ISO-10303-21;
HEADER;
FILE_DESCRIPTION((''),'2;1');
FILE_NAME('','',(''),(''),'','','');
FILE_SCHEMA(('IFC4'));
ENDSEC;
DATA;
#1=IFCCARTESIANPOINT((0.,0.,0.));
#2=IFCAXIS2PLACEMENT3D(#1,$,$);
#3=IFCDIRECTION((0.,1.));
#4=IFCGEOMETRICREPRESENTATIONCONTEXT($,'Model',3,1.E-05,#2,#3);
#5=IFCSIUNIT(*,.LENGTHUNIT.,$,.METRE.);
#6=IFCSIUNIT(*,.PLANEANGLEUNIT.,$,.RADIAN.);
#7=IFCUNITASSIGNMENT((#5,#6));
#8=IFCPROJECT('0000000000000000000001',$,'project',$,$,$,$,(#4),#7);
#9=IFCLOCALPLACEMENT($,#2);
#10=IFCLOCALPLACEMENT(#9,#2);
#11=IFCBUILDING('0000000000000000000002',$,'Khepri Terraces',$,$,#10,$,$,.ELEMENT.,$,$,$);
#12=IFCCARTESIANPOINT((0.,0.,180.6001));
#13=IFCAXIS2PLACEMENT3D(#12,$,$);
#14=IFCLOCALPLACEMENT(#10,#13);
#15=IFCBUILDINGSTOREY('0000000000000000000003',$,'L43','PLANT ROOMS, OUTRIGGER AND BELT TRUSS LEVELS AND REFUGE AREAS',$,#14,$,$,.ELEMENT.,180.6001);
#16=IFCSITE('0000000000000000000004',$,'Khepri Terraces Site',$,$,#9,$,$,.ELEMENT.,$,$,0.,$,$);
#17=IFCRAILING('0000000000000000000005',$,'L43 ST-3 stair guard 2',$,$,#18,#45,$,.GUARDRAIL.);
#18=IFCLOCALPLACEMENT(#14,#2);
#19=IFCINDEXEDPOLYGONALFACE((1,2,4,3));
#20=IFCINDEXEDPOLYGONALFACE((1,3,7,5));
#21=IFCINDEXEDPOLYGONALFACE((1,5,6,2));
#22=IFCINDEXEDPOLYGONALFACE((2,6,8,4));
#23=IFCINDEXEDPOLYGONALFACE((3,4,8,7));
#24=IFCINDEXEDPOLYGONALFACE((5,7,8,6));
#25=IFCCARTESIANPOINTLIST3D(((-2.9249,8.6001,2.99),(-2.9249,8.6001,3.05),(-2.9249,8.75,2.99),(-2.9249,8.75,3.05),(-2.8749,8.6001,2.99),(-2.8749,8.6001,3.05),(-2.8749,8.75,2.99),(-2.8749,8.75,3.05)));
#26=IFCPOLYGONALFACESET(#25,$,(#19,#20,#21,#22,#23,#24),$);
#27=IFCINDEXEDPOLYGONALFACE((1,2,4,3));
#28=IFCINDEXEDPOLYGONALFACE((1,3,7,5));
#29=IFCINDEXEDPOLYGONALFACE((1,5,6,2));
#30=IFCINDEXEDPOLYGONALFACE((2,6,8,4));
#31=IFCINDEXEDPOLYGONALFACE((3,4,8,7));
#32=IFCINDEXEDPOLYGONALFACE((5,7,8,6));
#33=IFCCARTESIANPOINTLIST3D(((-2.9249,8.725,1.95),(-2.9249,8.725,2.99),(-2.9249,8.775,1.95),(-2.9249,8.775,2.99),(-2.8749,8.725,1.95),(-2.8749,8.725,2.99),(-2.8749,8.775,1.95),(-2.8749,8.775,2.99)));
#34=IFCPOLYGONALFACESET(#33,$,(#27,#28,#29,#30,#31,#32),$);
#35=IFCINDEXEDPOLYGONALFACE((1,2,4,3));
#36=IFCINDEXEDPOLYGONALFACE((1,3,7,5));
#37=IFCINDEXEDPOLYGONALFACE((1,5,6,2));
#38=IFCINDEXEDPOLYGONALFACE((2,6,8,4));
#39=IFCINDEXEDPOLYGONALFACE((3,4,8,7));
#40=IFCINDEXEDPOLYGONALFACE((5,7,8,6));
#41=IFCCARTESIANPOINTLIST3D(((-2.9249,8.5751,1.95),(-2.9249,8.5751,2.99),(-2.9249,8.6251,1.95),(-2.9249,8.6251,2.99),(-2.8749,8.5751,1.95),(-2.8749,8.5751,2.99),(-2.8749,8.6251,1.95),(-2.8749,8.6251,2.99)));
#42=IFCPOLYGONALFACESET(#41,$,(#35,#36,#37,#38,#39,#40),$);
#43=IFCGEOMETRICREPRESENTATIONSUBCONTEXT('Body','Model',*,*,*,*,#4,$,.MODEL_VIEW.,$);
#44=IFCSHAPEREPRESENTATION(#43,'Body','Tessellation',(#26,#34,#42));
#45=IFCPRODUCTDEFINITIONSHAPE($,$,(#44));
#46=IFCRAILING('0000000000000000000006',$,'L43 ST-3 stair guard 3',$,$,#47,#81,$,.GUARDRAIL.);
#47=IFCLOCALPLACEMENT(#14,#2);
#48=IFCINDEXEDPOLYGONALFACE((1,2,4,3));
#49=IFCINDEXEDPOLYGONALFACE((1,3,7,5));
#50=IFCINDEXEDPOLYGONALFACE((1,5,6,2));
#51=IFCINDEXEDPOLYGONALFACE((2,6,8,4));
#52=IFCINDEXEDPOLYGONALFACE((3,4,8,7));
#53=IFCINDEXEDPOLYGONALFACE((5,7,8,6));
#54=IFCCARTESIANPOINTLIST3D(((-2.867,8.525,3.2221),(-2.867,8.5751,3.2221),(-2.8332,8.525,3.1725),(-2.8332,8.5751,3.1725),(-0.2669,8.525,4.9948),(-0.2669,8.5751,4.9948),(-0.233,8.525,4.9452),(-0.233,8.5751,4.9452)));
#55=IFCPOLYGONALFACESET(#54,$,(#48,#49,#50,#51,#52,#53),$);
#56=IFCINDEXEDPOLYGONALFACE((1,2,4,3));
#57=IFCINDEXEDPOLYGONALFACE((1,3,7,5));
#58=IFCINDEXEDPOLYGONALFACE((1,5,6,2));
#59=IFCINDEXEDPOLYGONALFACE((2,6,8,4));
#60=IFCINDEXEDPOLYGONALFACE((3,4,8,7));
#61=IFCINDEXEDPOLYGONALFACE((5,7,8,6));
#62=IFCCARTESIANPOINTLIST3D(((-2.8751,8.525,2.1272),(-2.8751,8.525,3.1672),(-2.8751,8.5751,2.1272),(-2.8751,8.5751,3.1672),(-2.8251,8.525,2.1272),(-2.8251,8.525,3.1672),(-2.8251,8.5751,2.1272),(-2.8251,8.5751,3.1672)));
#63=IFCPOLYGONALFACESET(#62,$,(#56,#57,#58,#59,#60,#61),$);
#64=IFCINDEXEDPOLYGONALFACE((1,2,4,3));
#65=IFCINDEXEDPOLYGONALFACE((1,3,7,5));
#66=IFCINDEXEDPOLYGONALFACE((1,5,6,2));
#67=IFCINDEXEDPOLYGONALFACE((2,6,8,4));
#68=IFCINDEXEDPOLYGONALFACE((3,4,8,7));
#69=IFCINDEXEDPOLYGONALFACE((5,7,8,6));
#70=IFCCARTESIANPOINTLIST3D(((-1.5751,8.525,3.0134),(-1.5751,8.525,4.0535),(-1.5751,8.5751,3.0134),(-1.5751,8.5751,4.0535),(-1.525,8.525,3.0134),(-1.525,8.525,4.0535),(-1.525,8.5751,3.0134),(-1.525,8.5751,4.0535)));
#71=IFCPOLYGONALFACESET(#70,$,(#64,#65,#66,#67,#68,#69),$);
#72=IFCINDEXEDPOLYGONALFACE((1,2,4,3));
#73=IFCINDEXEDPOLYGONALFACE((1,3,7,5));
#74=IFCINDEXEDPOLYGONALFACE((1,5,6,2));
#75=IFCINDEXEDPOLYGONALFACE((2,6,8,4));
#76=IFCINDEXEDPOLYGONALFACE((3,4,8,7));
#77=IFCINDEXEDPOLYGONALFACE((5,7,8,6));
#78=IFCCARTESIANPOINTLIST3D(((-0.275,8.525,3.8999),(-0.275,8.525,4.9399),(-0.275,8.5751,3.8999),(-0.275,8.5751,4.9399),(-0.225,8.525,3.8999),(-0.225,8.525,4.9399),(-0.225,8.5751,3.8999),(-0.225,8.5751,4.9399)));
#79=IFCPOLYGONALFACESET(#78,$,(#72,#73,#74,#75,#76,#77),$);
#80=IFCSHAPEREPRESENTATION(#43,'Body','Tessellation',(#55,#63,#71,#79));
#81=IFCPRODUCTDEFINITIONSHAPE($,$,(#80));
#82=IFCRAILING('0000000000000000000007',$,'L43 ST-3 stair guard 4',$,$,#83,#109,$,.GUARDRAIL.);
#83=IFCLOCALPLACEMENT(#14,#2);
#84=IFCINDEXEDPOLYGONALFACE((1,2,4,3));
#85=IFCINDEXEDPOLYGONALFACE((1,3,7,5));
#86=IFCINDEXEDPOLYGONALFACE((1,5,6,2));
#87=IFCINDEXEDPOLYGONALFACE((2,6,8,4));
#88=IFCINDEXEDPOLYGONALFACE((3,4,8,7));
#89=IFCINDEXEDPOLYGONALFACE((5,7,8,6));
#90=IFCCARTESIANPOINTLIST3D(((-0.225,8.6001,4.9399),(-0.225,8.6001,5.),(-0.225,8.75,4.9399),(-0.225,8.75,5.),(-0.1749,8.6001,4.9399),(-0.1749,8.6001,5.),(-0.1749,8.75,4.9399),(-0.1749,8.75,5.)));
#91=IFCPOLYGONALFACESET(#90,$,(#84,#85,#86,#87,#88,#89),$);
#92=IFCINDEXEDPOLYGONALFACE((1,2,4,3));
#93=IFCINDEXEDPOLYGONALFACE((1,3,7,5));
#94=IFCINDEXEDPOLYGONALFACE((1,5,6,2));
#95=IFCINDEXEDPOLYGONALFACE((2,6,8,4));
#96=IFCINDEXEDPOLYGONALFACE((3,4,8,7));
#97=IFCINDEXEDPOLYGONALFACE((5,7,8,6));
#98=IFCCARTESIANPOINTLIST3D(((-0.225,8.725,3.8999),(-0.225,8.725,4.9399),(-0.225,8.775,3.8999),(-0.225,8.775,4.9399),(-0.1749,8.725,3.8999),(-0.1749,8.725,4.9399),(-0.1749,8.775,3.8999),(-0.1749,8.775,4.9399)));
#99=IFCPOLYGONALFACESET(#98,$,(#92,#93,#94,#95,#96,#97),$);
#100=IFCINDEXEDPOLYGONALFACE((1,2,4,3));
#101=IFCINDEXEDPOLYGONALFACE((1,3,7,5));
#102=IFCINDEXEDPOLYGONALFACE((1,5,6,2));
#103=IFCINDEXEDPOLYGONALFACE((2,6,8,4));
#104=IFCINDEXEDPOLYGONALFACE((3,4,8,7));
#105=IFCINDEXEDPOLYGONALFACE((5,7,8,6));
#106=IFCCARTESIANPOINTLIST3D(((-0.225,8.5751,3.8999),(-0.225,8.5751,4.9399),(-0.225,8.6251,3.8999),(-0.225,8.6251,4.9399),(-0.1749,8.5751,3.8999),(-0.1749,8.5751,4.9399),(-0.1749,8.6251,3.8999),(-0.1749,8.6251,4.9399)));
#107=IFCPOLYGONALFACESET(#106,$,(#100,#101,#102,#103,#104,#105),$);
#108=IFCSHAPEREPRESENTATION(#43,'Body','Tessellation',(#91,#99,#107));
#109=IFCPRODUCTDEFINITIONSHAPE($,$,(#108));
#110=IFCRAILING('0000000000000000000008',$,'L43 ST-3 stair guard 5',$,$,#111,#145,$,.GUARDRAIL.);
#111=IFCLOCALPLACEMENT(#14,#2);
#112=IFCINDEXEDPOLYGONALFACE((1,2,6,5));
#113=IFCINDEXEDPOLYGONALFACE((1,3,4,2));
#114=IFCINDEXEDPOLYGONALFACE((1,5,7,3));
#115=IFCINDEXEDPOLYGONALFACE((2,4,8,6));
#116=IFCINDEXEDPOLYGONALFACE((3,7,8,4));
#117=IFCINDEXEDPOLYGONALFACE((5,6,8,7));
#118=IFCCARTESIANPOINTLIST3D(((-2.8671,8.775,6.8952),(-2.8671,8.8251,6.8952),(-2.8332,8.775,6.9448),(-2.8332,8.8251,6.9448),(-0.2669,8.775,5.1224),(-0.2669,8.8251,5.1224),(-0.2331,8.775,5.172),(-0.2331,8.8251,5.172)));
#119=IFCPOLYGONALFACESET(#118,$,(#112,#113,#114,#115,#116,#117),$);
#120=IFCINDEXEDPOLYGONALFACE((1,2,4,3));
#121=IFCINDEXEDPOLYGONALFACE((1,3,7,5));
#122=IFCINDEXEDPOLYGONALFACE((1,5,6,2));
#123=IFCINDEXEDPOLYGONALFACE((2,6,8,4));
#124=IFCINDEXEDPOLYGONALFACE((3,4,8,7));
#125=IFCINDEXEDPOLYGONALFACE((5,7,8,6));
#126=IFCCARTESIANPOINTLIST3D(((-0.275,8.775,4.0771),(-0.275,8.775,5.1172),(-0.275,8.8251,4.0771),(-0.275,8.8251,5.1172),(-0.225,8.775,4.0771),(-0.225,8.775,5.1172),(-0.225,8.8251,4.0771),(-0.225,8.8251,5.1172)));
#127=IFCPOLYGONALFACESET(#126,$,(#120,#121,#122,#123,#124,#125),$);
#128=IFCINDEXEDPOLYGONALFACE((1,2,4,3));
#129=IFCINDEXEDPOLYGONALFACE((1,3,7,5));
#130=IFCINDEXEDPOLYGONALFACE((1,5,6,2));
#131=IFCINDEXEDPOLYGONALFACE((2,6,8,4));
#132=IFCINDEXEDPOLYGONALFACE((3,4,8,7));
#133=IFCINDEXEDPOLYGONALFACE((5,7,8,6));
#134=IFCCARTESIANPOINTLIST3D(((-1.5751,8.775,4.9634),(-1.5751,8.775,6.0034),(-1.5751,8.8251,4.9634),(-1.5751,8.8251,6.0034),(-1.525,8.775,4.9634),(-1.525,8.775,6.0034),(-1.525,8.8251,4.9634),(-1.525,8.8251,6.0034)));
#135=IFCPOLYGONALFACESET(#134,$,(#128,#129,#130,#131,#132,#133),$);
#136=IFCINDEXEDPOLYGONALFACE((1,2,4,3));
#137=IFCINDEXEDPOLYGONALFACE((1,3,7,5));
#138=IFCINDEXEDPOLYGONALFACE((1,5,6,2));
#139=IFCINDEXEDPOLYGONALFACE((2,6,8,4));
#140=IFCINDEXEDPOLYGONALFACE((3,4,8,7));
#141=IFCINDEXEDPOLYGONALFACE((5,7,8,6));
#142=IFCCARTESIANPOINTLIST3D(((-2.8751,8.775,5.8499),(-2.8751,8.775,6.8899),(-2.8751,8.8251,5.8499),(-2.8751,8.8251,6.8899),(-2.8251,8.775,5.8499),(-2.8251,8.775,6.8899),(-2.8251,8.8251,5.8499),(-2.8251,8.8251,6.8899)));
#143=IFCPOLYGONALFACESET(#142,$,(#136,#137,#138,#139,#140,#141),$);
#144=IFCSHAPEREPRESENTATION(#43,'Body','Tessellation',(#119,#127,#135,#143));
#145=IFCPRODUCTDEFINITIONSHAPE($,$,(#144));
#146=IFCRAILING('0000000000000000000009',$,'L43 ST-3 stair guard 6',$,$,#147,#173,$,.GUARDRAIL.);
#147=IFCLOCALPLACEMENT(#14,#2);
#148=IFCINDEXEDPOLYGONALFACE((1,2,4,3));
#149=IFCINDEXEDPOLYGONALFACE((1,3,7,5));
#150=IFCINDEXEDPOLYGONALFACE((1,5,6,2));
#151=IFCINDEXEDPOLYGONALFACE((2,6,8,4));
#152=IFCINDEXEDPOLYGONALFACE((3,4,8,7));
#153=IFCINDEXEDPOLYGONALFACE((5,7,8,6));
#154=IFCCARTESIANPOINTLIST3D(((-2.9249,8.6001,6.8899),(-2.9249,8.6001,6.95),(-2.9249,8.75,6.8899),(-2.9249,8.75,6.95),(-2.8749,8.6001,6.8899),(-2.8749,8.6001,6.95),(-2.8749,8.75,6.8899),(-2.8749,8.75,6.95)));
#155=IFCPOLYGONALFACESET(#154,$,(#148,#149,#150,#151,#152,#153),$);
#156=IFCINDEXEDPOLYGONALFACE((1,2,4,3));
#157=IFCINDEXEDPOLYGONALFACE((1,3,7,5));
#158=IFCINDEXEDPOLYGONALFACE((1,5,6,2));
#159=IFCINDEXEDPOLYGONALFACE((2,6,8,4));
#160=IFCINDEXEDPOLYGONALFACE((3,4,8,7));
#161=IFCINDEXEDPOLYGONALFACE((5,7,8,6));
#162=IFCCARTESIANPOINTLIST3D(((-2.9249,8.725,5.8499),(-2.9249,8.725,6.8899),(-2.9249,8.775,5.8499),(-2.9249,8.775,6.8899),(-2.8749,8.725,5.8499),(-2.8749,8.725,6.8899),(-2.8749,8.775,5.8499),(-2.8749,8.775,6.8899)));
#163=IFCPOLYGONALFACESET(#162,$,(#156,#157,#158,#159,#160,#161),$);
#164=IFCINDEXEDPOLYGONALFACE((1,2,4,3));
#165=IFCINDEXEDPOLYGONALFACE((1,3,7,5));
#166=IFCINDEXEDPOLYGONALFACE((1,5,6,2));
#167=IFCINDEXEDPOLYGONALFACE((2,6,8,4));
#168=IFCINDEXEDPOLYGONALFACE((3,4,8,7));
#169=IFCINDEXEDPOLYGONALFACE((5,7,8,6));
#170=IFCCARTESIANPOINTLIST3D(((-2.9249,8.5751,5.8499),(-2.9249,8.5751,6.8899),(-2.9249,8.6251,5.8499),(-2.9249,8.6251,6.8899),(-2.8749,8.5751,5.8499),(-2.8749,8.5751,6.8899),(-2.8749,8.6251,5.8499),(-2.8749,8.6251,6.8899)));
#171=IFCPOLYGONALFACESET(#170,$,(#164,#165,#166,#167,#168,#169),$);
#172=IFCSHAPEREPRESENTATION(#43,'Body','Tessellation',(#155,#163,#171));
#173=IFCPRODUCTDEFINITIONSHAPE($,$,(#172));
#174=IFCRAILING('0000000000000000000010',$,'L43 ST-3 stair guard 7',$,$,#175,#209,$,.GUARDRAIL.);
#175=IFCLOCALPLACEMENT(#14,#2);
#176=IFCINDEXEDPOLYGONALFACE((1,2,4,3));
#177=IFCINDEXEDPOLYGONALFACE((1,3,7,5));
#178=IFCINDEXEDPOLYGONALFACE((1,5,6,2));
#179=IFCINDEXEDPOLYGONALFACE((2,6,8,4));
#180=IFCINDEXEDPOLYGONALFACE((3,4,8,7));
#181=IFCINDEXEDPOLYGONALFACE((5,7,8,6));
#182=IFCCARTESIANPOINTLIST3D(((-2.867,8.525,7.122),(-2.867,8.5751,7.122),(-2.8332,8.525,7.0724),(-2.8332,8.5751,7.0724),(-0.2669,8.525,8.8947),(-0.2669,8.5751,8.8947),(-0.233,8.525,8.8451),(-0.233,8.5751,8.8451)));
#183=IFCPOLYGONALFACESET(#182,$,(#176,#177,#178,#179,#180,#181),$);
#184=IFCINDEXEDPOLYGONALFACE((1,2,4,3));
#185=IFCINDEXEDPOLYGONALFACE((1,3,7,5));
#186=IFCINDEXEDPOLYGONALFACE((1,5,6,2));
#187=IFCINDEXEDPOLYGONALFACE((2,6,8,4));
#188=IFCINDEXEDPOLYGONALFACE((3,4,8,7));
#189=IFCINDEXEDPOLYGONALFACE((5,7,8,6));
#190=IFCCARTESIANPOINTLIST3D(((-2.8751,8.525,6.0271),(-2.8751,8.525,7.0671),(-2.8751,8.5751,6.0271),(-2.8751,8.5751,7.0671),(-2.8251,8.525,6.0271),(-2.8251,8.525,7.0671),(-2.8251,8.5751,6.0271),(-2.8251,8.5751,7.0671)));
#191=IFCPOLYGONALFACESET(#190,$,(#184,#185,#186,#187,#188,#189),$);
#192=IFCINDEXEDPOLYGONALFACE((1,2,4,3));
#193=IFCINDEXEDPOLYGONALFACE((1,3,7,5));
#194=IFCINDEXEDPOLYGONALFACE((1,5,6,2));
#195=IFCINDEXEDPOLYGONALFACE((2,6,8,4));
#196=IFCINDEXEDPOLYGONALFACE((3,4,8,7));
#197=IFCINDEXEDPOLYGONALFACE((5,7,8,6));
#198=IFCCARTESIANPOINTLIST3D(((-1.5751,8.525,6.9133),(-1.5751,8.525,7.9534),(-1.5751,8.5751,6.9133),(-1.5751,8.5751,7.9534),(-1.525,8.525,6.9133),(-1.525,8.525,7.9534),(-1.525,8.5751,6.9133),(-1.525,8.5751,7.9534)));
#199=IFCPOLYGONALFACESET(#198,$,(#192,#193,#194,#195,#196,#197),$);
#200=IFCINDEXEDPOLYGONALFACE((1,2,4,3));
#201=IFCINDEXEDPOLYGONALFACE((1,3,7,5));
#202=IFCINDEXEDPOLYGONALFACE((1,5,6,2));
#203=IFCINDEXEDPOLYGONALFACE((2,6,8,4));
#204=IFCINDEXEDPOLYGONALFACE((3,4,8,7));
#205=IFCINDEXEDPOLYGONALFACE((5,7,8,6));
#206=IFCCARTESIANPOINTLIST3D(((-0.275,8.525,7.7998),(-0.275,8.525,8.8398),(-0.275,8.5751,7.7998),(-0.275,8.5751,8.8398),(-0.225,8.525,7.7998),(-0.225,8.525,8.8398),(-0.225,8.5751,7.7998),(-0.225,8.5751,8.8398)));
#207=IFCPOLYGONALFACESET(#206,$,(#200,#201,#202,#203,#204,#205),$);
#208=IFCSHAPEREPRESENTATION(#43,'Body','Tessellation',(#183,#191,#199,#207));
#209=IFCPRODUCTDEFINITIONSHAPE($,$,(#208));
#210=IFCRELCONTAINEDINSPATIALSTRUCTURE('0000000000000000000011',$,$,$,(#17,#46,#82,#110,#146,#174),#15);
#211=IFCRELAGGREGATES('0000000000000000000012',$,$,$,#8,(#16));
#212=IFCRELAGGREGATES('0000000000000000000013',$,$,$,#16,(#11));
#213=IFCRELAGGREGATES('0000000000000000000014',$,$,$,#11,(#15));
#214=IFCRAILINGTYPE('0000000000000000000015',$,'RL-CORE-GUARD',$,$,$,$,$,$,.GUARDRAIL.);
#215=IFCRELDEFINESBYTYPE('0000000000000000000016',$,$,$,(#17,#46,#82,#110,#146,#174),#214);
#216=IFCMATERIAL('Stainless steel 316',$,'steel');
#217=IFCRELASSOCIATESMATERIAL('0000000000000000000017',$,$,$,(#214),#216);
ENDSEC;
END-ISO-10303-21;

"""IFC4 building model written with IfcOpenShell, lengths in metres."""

from ifc_helpers import new_model, si_unit, direction, frame, origin, origin_2d, place, context, subcontext, project, spatial, rectangle, extrude, material, type_object, element, save


model = new_model("IFC4")

# Units and contexts
model_context = context("Model", 3, precision=1e-05, world=origin(), true_north=direction((0.0, 1.0)))
body_context = subcontext(model_context, "Body", "Model", "MODEL_VIEW")
ifc_project = project(units=[si_unit("LENGTHUNIT", "METRE"), si_unit("PLANEANGLEUNIT", "RADIAN")], contexts=[model_context])

# Site, building, storey
site_placement = place(None, origin())
site = spatial("IfcSite", under=ifc_project, at=site_placement, Name="Khepri Terraces Site", CompositionType="ELEMENT", RefElevation=0.0)
building_placement = place(site_placement, origin())
building = spatial("IfcBuilding", under=site, at=building_placement, Name="Khepri Terraces", CompositionType="ELEMENT")
storey_placement = place(building_placement, frame((0.0, 0.0, 180.6001)))
storey = spatial("IfcBuildingStorey", under=building, at=storey_placement, Name="L43", Description="PLANT ROOMS, OUTRIGGER AND BELT TRUSS LEVELS AND REFUGE AREAS", CompositionType="ELEMENT", Elevation=180.6001)

# Railings
ifc_material_1 = material(Name="Stainless steel 316", Category="steel")
railing_type_1 = type_object("IfcRailingType", Name="RL-CORE-GUARD", PredefinedType="GUARDRAIL", material=ifc_material_1)
railing_1_placement = place(storey_placement, frame((-2.8999, 8.75, 1.95)))
element("IfcRailing", 1, at=railing_1_placement, inside=storey, type_object=railing_type_1, Name="L43 ST-3 stair guard 2", PredefinedType="GUARDRAIL", context=body_context, shape_type="SweptSolid", body=[
    extrude(rectangle(XDim=0.05, YDim=0.0601, at=origin_2d()), frame((0.0, 0.0, 1.0701), z_axis=(0.0, -1.0, 0.0), x_axis=(1.0, 0.0, 0.0)), (0.0, 0.0, 1.0), 0.1499),
    extrude(rectangle(XDim=0.05, YDim=0.05, at=origin_2d()), origin(), (0.0, 0.0, 1.0), 1.04),
    extrude(rectangle(XDim=0.05, YDim=0.05, at=origin_2d()), frame((0.0, -0.1499, 0.0)), (0.0, 0.0, 1.0), 1.04),
])
railing_2_placement = place(storey_placement, frame((-2.8501, 8.55, 2.1272)))
element("IfcRailing", 2, at=railing_2_placement, inside=storey, type_object=railing_type_1, Name="L43 ST-3 stair guard 3", PredefinedType="GUARDRAIL", context=body_context, shape_type="SweptSolid", body=[
    extrude(rectangle(XDim=0.05, YDim=0.0601, at=origin_2d()), frame((0.0, 0.0, 1.0701), z_axis=(0.82624, 0.0, 0.563318), x_axis=(0.0, 1.0, 0.0)), (0.0, 0.0, 1.0), 3.147),
    extrude(rectangle(XDim=0.05, YDim=0.05, at=origin_2d()), origin(), (0.0, 0.0, 1.0), 1.04),
    extrude(rectangle(XDim=0.05, YDim=0.05, at=origin_2d()), frame((1.3, 0.0, 0.8862)), (0.0, 0.0, 1.0), 1.04),
    extrude(rectangle(XDim=0.05, YDim=0.05, at=origin_2d()), frame((2.6001, 0.0, 1.7727)), (0.0, 0.0, 1.0), 1.04),
])
railing_3_placement = place(storey_placement, frame((-0.2, 8.75, 3.8999)))
element("IfcRailing", 3, at=railing_3_placement, inside=storey, type_object=railing_type_1, Name="L43 ST-3 stair guard 4", PredefinedType="GUARDRAIL", context=body_context, shape_type="SweptSolid", body=[
    extrude(rectangle(XDim=0.05, YDim=0.0601, at=origin_2d()), frame((0.0, 0.0, 1.0701), z_axis=(0.0, -1.0, 0.0), x_axis=(1.0, 0.0, 0.0)), (0.0, 0.0, 1.0), 0.1499),
    extrude(rectangle(XDim=0.05, YDim=0.05, at=origin_2d()), origin(), (0.0, 0.0, 1.0), 1.04),
    extrude(rectangle(XDim=0.05, YDim=0.05, at=origin_2d()), frame((0.0, -0.1499, 0.0)), (0.0, 0.0, 1.0), 1.04),
])
railing_4_placement = place(storey_placement, frame((-0.25, 8.8, 4.0771)))
element("IfcRailing", 4, at=railing_4_placement, inside=storey, type_object=railing_type_1, Name="L43 ST-3 stair guard 5", PredefinedType="GUARDRAIL", context=body_context, shape_type="SweptSolid", body=[
    extrude(rectangle(XDim=0.05, YDim=0.0601, at=origin_2d()), frame((0.0, 0.0, 1.0701), z_axis=(-0.82624, 0.0, 0.563318), x_axis=(0.0, -1.0, 0.0)), (0.0, 0.0, 1.0), 3.147),
    extrude(rectangle(XDim=0.05, YDim=0.05, at=origin_2d()), origin(), (0.0, 0.0, 1.0), 1.04),
    extrude(rectangle(XDim=0.05, YDim=0.05, at=origin_2d()), frame((-1.3, 0.0, 0.8862)), (0.0, 0.0, 1.0), 1.04),
    extrude(rectangle(XDim=0.05, YDim=0.05, at=origin_2d()), frame((-2.6001, 0.0, 1.7727)), (0.0, 0.0, 1.0), 1.04),
])
railing_5_placement = place(storey_placement, frame((-2.8999, 8.75, 5.8499)))
element("IfcRailing", 5, at=railing_5_placement, inside=storey, type_object=railing_type_1, Name="L43 ST-3 stair guard 6", PredefinedType="GUARDRAIL", context=body_context, shape_type="SweptSolid", body=[
    extrude(rectangle(XDim=0.05, YDim=0.0601, at=origin_2d()), frame((0.0, 0.0, 1.0701), z_axis=(0.0, -1.0, 0.0), x_axis=(1.0, 0.0, 0.0)), (0.0, 0.0, 1.0), 0.1499),
    extrude(rectangle(XDim=0.05, YDim=0.05, at=origin_2d()), origin(), (0.0, 0.0, 1.0), 1.04),
    extrude(rectangle(XDim=0.05, YDim=0.05, at=origin_2d()), frame((0.0, -0.1499, 0.0)), (0.0, 0.0, 1.0), 1.04),
])
railing_6_placement = place(storey_placement, frame((-2.8501, 8.55, 6.0271)))
element("IfcRailing", 6, at=railing_6_placement, inside=storey, type_object=railing_type_1, Name="L43 ST-3 stair guard 7", PredefinedType="GUARDRAIL", context=body_context, shape_type="SweptSolid", body=[
    extrude(rectangle(XDim=0.05, YDim=0.0601, at=origin_2d()), frame((0.0, 0.0, 1.0701), z_axis=(0.82624, 0.0, 0.563318), x_axis=(0.0, 1.0, 0.0)), (0.0, 0.0, 1.0), 3.147),
    extrude(rectangle(XDim=0.05, YDim=0.05, at=origin_2d()), origin(), (0.0, 0.0, 1.0), 1.04),
    extrude(rectangle(XDim=0.05, YDim=0.05, at=origin_2d()), frame((1.3, 0.0, 0.8862)), (0.0, 0.0, 1.0), 1.04),
    extrude(rectangle(XDim=0.05, YDim=0.05, at=origin_2d()), frame((2.6001, 0.0, 1.7727)), (0.0, 0.0, 1.0), 1.04),
])

save(model, "model.ifc")
